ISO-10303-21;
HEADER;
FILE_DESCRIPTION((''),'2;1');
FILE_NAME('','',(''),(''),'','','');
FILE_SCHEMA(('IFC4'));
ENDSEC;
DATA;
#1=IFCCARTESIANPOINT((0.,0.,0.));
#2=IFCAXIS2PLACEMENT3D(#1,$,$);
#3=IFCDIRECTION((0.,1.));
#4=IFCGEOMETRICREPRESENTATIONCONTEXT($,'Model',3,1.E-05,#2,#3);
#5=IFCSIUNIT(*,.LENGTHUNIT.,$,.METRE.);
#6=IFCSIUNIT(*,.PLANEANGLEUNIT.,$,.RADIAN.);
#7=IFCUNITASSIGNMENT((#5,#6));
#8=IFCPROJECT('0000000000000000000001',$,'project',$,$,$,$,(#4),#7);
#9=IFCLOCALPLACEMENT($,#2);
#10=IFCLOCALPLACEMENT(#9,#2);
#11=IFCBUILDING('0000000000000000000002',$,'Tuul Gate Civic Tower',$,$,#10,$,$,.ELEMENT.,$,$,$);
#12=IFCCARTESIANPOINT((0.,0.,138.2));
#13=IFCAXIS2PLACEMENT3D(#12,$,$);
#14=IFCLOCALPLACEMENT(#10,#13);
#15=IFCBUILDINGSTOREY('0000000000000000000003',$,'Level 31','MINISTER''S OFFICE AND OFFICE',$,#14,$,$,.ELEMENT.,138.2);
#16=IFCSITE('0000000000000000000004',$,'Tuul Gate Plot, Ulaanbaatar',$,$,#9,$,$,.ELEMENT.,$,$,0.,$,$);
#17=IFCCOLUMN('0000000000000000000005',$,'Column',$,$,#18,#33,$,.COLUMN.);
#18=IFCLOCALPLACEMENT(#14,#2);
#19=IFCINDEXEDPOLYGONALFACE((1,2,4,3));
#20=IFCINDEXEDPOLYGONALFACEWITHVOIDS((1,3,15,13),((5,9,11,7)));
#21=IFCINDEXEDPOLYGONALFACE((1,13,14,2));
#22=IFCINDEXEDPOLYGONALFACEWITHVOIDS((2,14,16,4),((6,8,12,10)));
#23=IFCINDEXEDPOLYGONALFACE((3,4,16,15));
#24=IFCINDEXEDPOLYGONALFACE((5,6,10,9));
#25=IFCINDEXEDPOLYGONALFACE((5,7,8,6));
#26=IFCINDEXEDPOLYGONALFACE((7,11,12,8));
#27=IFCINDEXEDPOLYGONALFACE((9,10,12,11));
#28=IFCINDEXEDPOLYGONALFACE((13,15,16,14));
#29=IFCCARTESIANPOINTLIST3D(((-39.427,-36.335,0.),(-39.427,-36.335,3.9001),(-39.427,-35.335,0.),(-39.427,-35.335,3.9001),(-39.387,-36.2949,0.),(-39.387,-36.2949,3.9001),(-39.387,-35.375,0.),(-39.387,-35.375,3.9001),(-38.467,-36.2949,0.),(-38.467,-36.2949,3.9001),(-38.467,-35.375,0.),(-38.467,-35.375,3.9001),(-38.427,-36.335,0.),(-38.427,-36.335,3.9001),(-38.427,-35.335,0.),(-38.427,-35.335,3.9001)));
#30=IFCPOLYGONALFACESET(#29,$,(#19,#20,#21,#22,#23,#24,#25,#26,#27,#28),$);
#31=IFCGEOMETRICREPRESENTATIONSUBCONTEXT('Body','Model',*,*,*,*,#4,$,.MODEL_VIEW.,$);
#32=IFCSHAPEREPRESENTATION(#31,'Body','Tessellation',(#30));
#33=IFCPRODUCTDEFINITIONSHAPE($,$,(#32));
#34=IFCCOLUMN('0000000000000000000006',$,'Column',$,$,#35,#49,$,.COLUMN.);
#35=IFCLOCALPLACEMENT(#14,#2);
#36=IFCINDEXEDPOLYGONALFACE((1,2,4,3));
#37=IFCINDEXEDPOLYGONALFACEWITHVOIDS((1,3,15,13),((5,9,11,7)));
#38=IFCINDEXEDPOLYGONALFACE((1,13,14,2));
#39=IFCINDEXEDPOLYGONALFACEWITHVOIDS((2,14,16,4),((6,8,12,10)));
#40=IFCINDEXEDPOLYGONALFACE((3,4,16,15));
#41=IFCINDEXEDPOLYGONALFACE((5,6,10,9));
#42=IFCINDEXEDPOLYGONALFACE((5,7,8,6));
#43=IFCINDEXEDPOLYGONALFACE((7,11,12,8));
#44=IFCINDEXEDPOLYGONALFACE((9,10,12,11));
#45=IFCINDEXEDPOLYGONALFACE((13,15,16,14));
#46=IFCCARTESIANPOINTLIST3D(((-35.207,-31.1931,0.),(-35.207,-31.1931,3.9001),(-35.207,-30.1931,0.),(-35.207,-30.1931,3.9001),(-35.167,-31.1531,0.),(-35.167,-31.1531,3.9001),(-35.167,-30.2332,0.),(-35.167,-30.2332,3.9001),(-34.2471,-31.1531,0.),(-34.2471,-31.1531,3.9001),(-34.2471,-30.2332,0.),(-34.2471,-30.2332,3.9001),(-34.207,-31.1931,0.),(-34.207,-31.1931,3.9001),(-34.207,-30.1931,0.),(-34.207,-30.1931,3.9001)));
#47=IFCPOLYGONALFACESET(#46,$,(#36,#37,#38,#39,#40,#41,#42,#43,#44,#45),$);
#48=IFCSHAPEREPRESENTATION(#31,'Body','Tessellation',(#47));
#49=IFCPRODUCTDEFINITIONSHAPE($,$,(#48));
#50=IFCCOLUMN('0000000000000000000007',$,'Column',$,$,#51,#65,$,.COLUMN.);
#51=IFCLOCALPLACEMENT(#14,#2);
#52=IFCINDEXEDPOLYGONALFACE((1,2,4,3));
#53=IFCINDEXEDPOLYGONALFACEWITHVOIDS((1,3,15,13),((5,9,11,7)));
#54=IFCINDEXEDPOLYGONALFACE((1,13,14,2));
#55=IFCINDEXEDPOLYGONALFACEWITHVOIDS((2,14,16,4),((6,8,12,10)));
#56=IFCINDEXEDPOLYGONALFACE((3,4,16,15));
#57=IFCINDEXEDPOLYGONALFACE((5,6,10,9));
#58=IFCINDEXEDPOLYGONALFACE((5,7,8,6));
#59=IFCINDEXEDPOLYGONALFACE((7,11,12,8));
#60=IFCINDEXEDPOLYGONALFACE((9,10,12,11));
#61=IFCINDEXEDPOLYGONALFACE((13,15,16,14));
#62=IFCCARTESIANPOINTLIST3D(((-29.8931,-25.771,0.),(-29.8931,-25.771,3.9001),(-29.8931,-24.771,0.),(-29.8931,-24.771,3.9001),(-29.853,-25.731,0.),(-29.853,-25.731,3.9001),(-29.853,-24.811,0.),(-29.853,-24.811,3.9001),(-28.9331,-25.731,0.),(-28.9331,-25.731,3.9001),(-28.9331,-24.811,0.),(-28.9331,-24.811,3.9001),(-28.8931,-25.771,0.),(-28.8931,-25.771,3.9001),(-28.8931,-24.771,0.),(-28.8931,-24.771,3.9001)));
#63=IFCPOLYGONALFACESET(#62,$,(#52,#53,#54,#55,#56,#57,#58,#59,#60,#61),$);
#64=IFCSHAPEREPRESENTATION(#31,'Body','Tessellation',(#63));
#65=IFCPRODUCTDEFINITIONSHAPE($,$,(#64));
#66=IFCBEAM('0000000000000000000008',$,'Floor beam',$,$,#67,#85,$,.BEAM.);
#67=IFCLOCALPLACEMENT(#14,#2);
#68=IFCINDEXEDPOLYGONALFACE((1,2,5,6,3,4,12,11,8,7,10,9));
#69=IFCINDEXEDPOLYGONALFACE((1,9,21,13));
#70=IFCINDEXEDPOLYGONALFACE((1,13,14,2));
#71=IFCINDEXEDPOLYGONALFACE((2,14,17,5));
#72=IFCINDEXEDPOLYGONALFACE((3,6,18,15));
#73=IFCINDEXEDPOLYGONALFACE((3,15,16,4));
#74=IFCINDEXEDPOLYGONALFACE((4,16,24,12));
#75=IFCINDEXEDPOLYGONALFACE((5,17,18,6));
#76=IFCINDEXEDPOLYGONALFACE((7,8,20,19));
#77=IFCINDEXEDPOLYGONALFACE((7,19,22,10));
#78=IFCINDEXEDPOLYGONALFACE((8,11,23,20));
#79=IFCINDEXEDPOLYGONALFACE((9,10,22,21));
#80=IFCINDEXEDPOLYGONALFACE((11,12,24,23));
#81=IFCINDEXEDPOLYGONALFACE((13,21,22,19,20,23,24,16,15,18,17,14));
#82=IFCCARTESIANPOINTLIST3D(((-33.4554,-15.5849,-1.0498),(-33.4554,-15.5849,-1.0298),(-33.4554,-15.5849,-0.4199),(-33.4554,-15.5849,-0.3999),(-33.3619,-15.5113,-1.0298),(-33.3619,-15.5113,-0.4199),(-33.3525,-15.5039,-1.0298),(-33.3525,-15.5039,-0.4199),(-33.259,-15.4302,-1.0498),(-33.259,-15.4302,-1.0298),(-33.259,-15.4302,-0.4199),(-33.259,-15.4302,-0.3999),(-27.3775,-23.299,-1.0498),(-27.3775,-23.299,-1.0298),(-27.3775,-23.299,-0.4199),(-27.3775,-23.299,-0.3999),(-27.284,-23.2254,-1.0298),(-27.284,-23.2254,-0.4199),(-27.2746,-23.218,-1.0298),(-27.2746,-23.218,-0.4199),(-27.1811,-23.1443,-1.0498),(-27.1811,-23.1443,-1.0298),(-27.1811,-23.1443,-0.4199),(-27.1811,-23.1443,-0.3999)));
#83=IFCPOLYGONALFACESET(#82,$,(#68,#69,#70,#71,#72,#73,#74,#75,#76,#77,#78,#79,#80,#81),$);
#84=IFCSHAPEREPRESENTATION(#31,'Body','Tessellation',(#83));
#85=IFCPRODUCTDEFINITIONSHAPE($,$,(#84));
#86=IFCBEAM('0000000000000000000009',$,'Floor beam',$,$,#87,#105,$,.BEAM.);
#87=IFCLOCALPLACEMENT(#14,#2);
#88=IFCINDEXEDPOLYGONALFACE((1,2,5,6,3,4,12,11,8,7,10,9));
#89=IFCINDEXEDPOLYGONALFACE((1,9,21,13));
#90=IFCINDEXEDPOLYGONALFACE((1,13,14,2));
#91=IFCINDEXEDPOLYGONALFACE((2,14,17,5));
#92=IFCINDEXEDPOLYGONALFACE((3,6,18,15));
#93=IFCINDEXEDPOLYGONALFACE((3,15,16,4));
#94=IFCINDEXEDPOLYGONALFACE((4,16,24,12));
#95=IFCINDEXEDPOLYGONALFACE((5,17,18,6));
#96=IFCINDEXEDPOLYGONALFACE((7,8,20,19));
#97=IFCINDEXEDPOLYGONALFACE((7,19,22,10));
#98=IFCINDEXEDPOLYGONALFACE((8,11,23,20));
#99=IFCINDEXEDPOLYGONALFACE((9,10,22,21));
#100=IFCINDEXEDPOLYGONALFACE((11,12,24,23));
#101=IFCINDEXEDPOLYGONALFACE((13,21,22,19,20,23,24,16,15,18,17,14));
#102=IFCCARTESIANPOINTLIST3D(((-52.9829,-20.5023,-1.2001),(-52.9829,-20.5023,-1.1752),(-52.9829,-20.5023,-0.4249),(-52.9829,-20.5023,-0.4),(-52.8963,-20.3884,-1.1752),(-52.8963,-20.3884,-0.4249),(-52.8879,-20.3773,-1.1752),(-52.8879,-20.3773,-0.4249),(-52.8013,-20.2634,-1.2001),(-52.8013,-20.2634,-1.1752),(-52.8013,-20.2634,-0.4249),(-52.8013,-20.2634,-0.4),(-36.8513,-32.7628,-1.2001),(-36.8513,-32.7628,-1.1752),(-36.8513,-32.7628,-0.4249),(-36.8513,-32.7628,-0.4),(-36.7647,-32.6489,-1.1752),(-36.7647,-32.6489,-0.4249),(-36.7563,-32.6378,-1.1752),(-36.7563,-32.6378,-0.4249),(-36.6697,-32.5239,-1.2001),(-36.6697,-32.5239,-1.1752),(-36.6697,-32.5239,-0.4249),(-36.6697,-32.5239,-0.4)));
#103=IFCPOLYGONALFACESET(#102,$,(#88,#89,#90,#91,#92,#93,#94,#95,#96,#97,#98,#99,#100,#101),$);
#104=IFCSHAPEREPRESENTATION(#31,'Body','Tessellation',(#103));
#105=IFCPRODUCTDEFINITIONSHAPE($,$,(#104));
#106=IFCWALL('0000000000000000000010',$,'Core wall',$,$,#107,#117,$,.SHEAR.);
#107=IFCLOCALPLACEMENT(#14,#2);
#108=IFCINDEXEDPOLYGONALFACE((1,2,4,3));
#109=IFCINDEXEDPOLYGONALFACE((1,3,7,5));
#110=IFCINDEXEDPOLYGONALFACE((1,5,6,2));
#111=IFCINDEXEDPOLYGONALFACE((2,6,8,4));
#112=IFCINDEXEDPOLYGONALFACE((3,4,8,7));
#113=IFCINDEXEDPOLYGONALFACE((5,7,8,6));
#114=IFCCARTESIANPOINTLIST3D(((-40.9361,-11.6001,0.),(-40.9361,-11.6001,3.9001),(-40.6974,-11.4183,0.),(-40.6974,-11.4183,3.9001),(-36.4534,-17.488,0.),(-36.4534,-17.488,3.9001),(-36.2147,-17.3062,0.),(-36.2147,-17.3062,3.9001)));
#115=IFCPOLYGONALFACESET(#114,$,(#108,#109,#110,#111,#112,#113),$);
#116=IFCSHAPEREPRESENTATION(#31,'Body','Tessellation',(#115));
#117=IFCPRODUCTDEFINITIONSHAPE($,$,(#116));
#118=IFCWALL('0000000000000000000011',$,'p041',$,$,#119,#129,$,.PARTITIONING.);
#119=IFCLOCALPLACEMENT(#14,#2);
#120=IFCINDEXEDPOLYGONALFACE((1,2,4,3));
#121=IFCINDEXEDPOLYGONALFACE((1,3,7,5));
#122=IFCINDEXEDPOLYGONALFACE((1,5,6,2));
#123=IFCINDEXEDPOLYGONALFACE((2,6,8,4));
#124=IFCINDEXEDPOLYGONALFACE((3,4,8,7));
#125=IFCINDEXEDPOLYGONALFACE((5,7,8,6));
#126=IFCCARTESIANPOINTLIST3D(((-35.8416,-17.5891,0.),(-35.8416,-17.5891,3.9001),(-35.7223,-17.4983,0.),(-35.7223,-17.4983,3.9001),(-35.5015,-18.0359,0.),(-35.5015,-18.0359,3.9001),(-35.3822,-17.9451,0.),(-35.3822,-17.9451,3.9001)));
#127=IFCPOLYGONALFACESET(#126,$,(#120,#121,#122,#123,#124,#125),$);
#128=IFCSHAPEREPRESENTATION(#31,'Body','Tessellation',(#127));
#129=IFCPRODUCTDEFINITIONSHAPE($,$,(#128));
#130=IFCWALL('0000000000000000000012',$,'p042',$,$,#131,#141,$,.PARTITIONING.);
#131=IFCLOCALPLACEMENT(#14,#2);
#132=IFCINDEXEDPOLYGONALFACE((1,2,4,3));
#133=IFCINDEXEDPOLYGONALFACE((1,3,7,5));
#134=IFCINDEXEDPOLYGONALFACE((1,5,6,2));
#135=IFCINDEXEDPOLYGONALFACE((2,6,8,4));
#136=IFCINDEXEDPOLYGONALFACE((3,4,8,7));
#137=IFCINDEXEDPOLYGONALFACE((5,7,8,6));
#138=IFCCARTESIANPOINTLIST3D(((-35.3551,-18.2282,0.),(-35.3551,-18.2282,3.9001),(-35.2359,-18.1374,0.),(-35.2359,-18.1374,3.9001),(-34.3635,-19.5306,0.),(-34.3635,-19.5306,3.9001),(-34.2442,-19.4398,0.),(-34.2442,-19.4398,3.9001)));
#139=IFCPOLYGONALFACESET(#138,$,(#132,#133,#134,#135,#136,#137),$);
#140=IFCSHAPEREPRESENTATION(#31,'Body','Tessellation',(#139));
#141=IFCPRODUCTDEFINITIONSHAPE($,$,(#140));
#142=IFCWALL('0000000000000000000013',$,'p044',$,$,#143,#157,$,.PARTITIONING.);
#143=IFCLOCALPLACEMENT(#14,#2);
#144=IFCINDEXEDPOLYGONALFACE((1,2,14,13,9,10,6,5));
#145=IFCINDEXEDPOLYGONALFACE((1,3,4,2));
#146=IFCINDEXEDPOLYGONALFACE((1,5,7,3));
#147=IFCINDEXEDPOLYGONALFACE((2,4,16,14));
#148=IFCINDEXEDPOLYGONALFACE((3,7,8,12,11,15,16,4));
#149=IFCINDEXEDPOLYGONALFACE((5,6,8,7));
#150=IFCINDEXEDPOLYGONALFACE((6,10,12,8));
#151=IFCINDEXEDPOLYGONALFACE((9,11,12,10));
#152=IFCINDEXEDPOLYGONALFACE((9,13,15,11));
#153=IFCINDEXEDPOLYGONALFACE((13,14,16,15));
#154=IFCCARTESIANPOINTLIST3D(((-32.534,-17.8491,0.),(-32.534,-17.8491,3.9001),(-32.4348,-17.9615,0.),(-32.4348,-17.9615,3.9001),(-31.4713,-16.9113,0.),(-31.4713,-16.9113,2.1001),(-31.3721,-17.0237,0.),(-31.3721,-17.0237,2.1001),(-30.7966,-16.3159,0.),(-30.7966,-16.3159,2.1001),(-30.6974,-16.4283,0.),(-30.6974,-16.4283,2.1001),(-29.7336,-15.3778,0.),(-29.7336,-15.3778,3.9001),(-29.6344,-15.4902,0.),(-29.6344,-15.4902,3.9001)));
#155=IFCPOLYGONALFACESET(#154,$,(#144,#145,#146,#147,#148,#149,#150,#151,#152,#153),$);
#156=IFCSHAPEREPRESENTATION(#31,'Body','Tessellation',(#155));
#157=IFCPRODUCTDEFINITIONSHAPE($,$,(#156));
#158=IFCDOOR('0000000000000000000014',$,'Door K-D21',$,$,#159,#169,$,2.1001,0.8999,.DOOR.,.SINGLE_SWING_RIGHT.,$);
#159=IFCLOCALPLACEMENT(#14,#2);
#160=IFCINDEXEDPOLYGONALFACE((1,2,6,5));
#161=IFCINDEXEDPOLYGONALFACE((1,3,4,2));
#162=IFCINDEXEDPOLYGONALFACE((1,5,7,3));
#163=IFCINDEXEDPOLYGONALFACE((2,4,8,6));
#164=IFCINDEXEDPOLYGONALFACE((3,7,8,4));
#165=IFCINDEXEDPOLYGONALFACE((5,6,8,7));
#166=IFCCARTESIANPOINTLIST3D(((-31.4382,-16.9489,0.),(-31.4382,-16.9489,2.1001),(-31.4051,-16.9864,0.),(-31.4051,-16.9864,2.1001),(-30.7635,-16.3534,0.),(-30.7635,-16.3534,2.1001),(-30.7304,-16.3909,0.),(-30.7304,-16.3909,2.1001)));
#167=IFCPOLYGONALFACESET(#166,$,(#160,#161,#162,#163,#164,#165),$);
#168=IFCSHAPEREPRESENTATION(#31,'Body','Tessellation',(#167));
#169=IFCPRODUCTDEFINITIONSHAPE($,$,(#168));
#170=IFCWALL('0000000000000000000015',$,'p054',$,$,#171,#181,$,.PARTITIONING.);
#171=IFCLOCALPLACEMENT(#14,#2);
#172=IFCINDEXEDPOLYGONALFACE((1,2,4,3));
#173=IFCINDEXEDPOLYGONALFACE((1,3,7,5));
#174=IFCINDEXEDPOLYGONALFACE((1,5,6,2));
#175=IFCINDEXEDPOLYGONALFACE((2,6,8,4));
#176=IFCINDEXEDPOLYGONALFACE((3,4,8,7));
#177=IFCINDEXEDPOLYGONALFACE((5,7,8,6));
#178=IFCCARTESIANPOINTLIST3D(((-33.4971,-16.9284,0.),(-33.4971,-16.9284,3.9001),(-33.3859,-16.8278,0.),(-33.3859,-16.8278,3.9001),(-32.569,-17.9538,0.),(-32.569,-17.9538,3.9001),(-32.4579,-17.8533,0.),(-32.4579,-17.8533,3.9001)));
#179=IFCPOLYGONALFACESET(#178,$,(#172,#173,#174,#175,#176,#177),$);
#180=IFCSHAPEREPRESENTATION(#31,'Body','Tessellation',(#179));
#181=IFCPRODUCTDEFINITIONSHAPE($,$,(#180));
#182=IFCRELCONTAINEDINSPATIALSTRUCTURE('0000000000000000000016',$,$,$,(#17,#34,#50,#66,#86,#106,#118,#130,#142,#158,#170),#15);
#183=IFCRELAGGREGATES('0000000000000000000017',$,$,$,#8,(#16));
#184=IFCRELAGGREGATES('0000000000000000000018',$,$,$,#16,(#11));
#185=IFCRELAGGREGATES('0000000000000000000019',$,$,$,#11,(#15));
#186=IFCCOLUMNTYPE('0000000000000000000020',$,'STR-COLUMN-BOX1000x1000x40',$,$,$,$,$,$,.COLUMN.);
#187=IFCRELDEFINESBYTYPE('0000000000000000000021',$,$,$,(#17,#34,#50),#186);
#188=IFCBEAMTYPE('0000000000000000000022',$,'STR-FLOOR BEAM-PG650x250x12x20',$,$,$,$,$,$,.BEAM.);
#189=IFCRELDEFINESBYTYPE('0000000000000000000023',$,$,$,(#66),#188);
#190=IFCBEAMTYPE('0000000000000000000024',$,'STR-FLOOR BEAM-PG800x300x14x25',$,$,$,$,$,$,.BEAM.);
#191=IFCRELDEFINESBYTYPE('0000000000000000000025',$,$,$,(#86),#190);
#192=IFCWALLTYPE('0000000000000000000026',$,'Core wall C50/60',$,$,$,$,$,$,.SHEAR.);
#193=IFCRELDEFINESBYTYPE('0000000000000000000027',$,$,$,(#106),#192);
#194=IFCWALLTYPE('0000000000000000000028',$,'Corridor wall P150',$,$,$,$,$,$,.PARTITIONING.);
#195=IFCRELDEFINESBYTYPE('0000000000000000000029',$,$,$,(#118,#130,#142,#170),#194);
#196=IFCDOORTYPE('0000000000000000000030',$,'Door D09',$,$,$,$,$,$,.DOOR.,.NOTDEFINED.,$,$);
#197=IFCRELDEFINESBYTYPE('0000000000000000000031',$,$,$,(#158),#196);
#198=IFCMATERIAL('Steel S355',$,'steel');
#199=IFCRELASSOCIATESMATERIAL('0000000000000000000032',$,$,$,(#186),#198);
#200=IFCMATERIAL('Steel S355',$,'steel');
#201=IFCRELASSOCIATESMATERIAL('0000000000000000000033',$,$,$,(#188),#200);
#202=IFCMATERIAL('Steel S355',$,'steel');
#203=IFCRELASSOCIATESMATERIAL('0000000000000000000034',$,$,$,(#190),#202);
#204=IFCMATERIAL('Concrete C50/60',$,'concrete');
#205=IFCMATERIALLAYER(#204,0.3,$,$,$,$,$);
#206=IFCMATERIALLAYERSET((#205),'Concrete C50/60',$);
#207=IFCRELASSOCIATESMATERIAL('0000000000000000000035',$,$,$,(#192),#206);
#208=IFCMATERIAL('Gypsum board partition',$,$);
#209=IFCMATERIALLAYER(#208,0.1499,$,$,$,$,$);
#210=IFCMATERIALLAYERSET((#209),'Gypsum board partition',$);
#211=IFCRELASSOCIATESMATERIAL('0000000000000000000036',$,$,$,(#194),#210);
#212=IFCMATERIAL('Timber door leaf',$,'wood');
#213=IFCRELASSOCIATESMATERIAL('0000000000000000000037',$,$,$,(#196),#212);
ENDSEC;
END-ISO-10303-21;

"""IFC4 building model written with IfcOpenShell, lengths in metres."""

from ifc_helpers import new_model, si_unit, direction, frame, frame_2d, origin, origin_2d, place, context, subcontext, project, spatial, rectangle, hollow_rectangle, i_section, extrude, material, layer, layer_set, material_profile, profile_set, type_object, element, fill, save


model = new_model("IFC4")

# Units and contexts
model_context = context("Model", 3, precision=1e-05, world=origin(), true_north=direction((0.0, 1.0)))
body_context = subcontext(model_context, "Body", "Model", "MODEL_VIEW")
ifc_project = project(units=[si_unit("LENGTHUNIT", "METRE"), si_unit("PLANEANGLEUNIT", "RADIAN")], contexts=[model_context])

# Site, building, storey
site_placement = place(None, origin())
site = spatial("IfcSite", under=ifc_project, at=site_placement, Name="Tuul Gate Plot, Ulaanbaatar", CompositionType="ELEMENT", RefElevation=0.0)
building_placement = place(site_placement, origin())
building = spatial("IfcBuilding", under=site, at=building_placement, Name="Tuul Gate Civic Tower", CompositionType="ELEMENT")
storey_placement = place(building_placement, frame((0.0, 0.0, 138.2)))
storey = spatial("IfcBuildingStorey", under=building, at=storey_placement, Name="Level 31", Description="MINISTER'S OFFICE AND OFFICE", CompositionType="ELEMENT", Elevation=138.2)

# Columns
ifc_material_1 = material(Name="Steel S355", Category="steel")
ifc_material_profile_1 = material_profile(ifc_material_1, hollow_rectangle(XDim=1.0, YDim=1.0, WallThickness=0.04, at=origin_2d()), Name="BOX1000x1000x40")
ifc_profile_set_1 = profile_set([ifc_material_profile_1], Name="Steel S355")
column_type = type_object("IfcColumnType", Name="STR-COLUMN-BOX1000x1000x40", PredefinedType="COLUMN", material=ifc_profile_set_1)
for number, where, z_axis, x_axis, name in (
    (1, (-38.927, -35.835, 0.0), (0.0, 0.0, 1.0), (1.0, 0.0, 0.0), "Column"),
    (2, (-34.707, -30.6931, 0.0), (0.0, 0.0, 1.0), (1.0, 0.0, 0.0), "Column"),
    (3, (-29.3931, -25.271, 0.0), (0.0, 0.0, 1.0), (1.0, 0.0, 0.0), "Column"),
):
    element("IfcColumn", number, at=place(storey_placement, frame(where, z_axis=z_axis, x_axis=x_axis)), inside=storey, type_object=column_type, Name=name, PredefinedType="COLUMN", context=body_context, shape_type="SweptSolid", body=[
        extrude(hollow_rectangle(XDim=1.0, YDim=1.0, WallThickness=0.04, at=origin_2d()), origin(), (0.0, 0.0, 1.0), 3.9001),
    ])

# Beams
ifc_material_2 = material(Name="Steel S355", Category="steel")
ifc_material_profile_2 = material_profile(ifc_material_2, i_section(OverallWidth=0.25, OverallDepth=0.6499, WebThickness=0.012, FlangeThickness=0.02, at=origin_2d()), Name="PG650x250x12x20")
ifc_profile_set_2 = profile_set([ifc_material_profile_2], Name="Steel S355")
beam_type_1 = type_object("IfcBeamType", Name="STR-FLOOR BEAM-PG650x250x12x20", PredefinedType="BEAM", material=ifc_profile_set_2)
beam_1_placement = place(storey_placement, frame((-27.2793, -23.2217, -0.7249), z_axis=(-0.618878, 0.785487, 0.0), x_axis=(-0.785487, -0.618878, 0.0)))
element("IfcBeam", 4, at=beam_1_placement, inside=storey, type_object=beam_type_1, Name="Floor beam", PredefinedType="BEAM", context=body_context, shape_type="SweptSolid", body=[
    extrude(i_section(OverallWidth=0.25, OverallDepth=0.6499, WebThickness=0.012, FlangeThickness=0.02, at=origin_2d()), origin(), (0.0, 0.0, 1.0), 9.8208),
])
ifc_material_3 = material(Name="Steel S355", Category="steel")
ifc_material_profile_3 = material_profile(ifc_material_3, i_section(OverallWidth=0.3, OverallDepth=0.8, WebThickness=0.0139, FlangeThickness=0.0249, at=origin_2d()), Name="PG800x300x14x25")
ifc_profile_set_3 = profile_set([ifc_material_profile_3], Name="Steel S355")
beam_type_2 = type_object("IfcBeamType", Name="STR-FLOOR BEAM-PG800x300x14x25", PredefinedType="BEAM", material=ifc_profile_set_3)
beam_2_placement = place(storey_placement, frame((-36.7605, -32.6433, -0.8), z_axis=(-0.796151, 0.605099, 0.0), x_axis=(-0.605099, -0.796151, 0.0)))
element("IfcBeam", 5, at=beam_2_placement, inside=storey, type_object=beam_type_2, Name="Floor beam", PredefinedType="BEAM", context=body_context, shape_type="SweptSolid", body=[
    extrude(i_section(OverallWidth=0.3, OverallDepth=0.8, WebThickness=0.0139, FlangeThickness=0.0249, at=origin_2d()), origin(), (0.0, 0.0, 1.0), 20.262),
])

# Walls
ifc_material_4 = material(Name="Concrete C50/60", Category="concrete")
ifc_layer_1 = layer(ifc_material_4, 0.3)
ifc_layer_set_1 = layer_set([ifc_layer_1], Name="Concrete C50/60")
wall_type_1 = type_object("IfcWallType", Name="Core wall C50/60", PredefinedType="SHEAR", material=ifc_layer_set_1)
wall_1_placement = place(storey_placement, frame((-36.334, -17.3972, 0.0), z_axis=(0.0, 0.0, 1.0), x_axis=(-0.605754, 0.795652, 0.0)))
element("IfcWall", 6, at=wall_1_placement, inside=storey, type_object=wall_type_1, Name="Core wall", PredefinedType="SHEAR", context=body_context, shape_type="SweptSolid", body=[
    extrude(rectangle(XDim=7.4001, YDim=0.3, at=frame_2d((3.7002, 0.0))), origin(), (0.0, 0.0, 1.0), 3.9001),
])
ifc_material_5 = material(Name="Gypsum board partition")
ifc_layer_2 = layer(ifc_material_5, 0.1499)
ifc_layer_set_2 = layer_set([ifc_layer_2], Name="Gypsum board partition")
wall_type_2 = type_object("IfcWallType", Name="Corridor wall P150", PredefinedType="PARTITIONING", material=ifc_layer_set_2)
wall_2_placement = place(storey_placement, frame((-35.782, -17.5437, 0.0), z_axis=(0.0, 0.0, 1.0), x_axis=(0.605689, -0.795701, 0.0)))
element("IfcWall", 7, at=wall_2_placement, inside=storey, type_object=wall_type_2, Name="p041", PredefinedType="PARTITIONING", context=body_context, shape_type="SweptSolid", body=[
    extrude(rectangle(XDim=0.5615, YDim=0.1499, at=frame_2d((0.2808, 0.0))), origin(), (0.0, 0.0, 1.0), 3.9001),
])
wall_3_placement = place(storey_placement, frame((-35.2954, -18.1829, 0.0), z_axis=(0.0, 0.0, 1.0), x_axis=(0.605783, -0.79563, 0.0)))
element("IfcWall", 8, at=wall_3_placement, inside=storey, type_object=wall_type_2, Name="p042", PredefinedType="PARTITIONING", context=body_context, shape_type="SweptSolid", body=[
    extrude(rectangle(XDim=1.637, YDim=0.1499, at=frame_2d((0.8184, 0.0))), origin(), (0.0, 0.0, 1.0), 3.9001),
])

# Wall, opening, door
wall_4_placement = place(storey_placement, frame((-32.4844, -17.9053, 0.0), z_axis=(0.0, 0.0, 1.0), x_axis=(0.749792, 0.661674, 0.0)))
wall_4 = element("IfcWall", 9, at=wall_4_placement, inside=storey, type_object=wall_type_2, Name="p044", PredefinedType="PARTITIONING", context=body_context, shape_type="SweptSolid", body=[
    extrude(rectangle(XDim=3.7349, YDim=0.1499, at=frame_2d((1.8674, 0.0))), origin(), (0.0, 0.0, 1.0), 3.9001),
])
opening_1_placement = place(wall_4_placement, frame((1.4172, 0.0, 0.0)))
opening_1 = element("IfcOpeningElement", 10, at=opening_1_placement, cuts=wall_4, PredefinedType="OPENING", context=body_context, shape_type="SweptSolid", body=[
    extrude(rectangle(XDim=0.8999, YDim=2.1001, at=frame_2d((0.45, 1.05))), frame((0.0, 0.085, 0.0), z_axis=(0.0, -1.0, 0.0), x_axis=(1.0, 0.0, 0.0)), (0.0, 0.0, 1.0), 0.1699),
])
ifc_material_6 = material(Name="Timber door leaf", Category="wood")
door_type = type_object("IfcDoorType", Name="Door D09", OperationType="NOTDEFINED", PredefinedType="DOOR", material=ifc_material_6)
door_placement = place(opening_1_placement, origin())
door = element("IfcDoor", 11, at=door_placement, inside=storey, type_object=door_type, Name="Door K-D21", OperationType="SINGLE_SWING_RIGHT", OverallHeight=2.1001, OverallWidth=0.8999, PredefinedType="DOOR", context=body_context, shape_type="SweptSolid", body=[
    extrude(rectangle(XDim=0.8999, YDim=2.1001, at=frame_2d((0.45, 1.05))), frame((0.0, 0.0249, 0.0), z_axis=(0.0, -1.0, 0.0), x_axis=(1.0, 0.0, 0.0)), (0.0, 0.0, 1.0), 0.05),
])
fill(opening_1, door)

# Wall
wall_5_placement = place(storey_placement, frame((-33.4414, -16.8782, 0.0), z_axis=(0.0, 0.0, 1.0), x_axis=(0.67101, -0.741448, 0.0)))
element("IfcWall", 12, at=wall_5_placement, inside=storey, type_object=wall_type_2, Name="p054", PredefinedType="PARTITIONING", context=body_context, shape_type="SweptSolid", body=[
    extrude(rectangle(XDim=1.3831, YDim=0.1499, at=frame_2d((0.6914, 0.0))), origin(), (0.0, 0.0, 1.0), 3.9001),
])

save(model, "model.ifc")
